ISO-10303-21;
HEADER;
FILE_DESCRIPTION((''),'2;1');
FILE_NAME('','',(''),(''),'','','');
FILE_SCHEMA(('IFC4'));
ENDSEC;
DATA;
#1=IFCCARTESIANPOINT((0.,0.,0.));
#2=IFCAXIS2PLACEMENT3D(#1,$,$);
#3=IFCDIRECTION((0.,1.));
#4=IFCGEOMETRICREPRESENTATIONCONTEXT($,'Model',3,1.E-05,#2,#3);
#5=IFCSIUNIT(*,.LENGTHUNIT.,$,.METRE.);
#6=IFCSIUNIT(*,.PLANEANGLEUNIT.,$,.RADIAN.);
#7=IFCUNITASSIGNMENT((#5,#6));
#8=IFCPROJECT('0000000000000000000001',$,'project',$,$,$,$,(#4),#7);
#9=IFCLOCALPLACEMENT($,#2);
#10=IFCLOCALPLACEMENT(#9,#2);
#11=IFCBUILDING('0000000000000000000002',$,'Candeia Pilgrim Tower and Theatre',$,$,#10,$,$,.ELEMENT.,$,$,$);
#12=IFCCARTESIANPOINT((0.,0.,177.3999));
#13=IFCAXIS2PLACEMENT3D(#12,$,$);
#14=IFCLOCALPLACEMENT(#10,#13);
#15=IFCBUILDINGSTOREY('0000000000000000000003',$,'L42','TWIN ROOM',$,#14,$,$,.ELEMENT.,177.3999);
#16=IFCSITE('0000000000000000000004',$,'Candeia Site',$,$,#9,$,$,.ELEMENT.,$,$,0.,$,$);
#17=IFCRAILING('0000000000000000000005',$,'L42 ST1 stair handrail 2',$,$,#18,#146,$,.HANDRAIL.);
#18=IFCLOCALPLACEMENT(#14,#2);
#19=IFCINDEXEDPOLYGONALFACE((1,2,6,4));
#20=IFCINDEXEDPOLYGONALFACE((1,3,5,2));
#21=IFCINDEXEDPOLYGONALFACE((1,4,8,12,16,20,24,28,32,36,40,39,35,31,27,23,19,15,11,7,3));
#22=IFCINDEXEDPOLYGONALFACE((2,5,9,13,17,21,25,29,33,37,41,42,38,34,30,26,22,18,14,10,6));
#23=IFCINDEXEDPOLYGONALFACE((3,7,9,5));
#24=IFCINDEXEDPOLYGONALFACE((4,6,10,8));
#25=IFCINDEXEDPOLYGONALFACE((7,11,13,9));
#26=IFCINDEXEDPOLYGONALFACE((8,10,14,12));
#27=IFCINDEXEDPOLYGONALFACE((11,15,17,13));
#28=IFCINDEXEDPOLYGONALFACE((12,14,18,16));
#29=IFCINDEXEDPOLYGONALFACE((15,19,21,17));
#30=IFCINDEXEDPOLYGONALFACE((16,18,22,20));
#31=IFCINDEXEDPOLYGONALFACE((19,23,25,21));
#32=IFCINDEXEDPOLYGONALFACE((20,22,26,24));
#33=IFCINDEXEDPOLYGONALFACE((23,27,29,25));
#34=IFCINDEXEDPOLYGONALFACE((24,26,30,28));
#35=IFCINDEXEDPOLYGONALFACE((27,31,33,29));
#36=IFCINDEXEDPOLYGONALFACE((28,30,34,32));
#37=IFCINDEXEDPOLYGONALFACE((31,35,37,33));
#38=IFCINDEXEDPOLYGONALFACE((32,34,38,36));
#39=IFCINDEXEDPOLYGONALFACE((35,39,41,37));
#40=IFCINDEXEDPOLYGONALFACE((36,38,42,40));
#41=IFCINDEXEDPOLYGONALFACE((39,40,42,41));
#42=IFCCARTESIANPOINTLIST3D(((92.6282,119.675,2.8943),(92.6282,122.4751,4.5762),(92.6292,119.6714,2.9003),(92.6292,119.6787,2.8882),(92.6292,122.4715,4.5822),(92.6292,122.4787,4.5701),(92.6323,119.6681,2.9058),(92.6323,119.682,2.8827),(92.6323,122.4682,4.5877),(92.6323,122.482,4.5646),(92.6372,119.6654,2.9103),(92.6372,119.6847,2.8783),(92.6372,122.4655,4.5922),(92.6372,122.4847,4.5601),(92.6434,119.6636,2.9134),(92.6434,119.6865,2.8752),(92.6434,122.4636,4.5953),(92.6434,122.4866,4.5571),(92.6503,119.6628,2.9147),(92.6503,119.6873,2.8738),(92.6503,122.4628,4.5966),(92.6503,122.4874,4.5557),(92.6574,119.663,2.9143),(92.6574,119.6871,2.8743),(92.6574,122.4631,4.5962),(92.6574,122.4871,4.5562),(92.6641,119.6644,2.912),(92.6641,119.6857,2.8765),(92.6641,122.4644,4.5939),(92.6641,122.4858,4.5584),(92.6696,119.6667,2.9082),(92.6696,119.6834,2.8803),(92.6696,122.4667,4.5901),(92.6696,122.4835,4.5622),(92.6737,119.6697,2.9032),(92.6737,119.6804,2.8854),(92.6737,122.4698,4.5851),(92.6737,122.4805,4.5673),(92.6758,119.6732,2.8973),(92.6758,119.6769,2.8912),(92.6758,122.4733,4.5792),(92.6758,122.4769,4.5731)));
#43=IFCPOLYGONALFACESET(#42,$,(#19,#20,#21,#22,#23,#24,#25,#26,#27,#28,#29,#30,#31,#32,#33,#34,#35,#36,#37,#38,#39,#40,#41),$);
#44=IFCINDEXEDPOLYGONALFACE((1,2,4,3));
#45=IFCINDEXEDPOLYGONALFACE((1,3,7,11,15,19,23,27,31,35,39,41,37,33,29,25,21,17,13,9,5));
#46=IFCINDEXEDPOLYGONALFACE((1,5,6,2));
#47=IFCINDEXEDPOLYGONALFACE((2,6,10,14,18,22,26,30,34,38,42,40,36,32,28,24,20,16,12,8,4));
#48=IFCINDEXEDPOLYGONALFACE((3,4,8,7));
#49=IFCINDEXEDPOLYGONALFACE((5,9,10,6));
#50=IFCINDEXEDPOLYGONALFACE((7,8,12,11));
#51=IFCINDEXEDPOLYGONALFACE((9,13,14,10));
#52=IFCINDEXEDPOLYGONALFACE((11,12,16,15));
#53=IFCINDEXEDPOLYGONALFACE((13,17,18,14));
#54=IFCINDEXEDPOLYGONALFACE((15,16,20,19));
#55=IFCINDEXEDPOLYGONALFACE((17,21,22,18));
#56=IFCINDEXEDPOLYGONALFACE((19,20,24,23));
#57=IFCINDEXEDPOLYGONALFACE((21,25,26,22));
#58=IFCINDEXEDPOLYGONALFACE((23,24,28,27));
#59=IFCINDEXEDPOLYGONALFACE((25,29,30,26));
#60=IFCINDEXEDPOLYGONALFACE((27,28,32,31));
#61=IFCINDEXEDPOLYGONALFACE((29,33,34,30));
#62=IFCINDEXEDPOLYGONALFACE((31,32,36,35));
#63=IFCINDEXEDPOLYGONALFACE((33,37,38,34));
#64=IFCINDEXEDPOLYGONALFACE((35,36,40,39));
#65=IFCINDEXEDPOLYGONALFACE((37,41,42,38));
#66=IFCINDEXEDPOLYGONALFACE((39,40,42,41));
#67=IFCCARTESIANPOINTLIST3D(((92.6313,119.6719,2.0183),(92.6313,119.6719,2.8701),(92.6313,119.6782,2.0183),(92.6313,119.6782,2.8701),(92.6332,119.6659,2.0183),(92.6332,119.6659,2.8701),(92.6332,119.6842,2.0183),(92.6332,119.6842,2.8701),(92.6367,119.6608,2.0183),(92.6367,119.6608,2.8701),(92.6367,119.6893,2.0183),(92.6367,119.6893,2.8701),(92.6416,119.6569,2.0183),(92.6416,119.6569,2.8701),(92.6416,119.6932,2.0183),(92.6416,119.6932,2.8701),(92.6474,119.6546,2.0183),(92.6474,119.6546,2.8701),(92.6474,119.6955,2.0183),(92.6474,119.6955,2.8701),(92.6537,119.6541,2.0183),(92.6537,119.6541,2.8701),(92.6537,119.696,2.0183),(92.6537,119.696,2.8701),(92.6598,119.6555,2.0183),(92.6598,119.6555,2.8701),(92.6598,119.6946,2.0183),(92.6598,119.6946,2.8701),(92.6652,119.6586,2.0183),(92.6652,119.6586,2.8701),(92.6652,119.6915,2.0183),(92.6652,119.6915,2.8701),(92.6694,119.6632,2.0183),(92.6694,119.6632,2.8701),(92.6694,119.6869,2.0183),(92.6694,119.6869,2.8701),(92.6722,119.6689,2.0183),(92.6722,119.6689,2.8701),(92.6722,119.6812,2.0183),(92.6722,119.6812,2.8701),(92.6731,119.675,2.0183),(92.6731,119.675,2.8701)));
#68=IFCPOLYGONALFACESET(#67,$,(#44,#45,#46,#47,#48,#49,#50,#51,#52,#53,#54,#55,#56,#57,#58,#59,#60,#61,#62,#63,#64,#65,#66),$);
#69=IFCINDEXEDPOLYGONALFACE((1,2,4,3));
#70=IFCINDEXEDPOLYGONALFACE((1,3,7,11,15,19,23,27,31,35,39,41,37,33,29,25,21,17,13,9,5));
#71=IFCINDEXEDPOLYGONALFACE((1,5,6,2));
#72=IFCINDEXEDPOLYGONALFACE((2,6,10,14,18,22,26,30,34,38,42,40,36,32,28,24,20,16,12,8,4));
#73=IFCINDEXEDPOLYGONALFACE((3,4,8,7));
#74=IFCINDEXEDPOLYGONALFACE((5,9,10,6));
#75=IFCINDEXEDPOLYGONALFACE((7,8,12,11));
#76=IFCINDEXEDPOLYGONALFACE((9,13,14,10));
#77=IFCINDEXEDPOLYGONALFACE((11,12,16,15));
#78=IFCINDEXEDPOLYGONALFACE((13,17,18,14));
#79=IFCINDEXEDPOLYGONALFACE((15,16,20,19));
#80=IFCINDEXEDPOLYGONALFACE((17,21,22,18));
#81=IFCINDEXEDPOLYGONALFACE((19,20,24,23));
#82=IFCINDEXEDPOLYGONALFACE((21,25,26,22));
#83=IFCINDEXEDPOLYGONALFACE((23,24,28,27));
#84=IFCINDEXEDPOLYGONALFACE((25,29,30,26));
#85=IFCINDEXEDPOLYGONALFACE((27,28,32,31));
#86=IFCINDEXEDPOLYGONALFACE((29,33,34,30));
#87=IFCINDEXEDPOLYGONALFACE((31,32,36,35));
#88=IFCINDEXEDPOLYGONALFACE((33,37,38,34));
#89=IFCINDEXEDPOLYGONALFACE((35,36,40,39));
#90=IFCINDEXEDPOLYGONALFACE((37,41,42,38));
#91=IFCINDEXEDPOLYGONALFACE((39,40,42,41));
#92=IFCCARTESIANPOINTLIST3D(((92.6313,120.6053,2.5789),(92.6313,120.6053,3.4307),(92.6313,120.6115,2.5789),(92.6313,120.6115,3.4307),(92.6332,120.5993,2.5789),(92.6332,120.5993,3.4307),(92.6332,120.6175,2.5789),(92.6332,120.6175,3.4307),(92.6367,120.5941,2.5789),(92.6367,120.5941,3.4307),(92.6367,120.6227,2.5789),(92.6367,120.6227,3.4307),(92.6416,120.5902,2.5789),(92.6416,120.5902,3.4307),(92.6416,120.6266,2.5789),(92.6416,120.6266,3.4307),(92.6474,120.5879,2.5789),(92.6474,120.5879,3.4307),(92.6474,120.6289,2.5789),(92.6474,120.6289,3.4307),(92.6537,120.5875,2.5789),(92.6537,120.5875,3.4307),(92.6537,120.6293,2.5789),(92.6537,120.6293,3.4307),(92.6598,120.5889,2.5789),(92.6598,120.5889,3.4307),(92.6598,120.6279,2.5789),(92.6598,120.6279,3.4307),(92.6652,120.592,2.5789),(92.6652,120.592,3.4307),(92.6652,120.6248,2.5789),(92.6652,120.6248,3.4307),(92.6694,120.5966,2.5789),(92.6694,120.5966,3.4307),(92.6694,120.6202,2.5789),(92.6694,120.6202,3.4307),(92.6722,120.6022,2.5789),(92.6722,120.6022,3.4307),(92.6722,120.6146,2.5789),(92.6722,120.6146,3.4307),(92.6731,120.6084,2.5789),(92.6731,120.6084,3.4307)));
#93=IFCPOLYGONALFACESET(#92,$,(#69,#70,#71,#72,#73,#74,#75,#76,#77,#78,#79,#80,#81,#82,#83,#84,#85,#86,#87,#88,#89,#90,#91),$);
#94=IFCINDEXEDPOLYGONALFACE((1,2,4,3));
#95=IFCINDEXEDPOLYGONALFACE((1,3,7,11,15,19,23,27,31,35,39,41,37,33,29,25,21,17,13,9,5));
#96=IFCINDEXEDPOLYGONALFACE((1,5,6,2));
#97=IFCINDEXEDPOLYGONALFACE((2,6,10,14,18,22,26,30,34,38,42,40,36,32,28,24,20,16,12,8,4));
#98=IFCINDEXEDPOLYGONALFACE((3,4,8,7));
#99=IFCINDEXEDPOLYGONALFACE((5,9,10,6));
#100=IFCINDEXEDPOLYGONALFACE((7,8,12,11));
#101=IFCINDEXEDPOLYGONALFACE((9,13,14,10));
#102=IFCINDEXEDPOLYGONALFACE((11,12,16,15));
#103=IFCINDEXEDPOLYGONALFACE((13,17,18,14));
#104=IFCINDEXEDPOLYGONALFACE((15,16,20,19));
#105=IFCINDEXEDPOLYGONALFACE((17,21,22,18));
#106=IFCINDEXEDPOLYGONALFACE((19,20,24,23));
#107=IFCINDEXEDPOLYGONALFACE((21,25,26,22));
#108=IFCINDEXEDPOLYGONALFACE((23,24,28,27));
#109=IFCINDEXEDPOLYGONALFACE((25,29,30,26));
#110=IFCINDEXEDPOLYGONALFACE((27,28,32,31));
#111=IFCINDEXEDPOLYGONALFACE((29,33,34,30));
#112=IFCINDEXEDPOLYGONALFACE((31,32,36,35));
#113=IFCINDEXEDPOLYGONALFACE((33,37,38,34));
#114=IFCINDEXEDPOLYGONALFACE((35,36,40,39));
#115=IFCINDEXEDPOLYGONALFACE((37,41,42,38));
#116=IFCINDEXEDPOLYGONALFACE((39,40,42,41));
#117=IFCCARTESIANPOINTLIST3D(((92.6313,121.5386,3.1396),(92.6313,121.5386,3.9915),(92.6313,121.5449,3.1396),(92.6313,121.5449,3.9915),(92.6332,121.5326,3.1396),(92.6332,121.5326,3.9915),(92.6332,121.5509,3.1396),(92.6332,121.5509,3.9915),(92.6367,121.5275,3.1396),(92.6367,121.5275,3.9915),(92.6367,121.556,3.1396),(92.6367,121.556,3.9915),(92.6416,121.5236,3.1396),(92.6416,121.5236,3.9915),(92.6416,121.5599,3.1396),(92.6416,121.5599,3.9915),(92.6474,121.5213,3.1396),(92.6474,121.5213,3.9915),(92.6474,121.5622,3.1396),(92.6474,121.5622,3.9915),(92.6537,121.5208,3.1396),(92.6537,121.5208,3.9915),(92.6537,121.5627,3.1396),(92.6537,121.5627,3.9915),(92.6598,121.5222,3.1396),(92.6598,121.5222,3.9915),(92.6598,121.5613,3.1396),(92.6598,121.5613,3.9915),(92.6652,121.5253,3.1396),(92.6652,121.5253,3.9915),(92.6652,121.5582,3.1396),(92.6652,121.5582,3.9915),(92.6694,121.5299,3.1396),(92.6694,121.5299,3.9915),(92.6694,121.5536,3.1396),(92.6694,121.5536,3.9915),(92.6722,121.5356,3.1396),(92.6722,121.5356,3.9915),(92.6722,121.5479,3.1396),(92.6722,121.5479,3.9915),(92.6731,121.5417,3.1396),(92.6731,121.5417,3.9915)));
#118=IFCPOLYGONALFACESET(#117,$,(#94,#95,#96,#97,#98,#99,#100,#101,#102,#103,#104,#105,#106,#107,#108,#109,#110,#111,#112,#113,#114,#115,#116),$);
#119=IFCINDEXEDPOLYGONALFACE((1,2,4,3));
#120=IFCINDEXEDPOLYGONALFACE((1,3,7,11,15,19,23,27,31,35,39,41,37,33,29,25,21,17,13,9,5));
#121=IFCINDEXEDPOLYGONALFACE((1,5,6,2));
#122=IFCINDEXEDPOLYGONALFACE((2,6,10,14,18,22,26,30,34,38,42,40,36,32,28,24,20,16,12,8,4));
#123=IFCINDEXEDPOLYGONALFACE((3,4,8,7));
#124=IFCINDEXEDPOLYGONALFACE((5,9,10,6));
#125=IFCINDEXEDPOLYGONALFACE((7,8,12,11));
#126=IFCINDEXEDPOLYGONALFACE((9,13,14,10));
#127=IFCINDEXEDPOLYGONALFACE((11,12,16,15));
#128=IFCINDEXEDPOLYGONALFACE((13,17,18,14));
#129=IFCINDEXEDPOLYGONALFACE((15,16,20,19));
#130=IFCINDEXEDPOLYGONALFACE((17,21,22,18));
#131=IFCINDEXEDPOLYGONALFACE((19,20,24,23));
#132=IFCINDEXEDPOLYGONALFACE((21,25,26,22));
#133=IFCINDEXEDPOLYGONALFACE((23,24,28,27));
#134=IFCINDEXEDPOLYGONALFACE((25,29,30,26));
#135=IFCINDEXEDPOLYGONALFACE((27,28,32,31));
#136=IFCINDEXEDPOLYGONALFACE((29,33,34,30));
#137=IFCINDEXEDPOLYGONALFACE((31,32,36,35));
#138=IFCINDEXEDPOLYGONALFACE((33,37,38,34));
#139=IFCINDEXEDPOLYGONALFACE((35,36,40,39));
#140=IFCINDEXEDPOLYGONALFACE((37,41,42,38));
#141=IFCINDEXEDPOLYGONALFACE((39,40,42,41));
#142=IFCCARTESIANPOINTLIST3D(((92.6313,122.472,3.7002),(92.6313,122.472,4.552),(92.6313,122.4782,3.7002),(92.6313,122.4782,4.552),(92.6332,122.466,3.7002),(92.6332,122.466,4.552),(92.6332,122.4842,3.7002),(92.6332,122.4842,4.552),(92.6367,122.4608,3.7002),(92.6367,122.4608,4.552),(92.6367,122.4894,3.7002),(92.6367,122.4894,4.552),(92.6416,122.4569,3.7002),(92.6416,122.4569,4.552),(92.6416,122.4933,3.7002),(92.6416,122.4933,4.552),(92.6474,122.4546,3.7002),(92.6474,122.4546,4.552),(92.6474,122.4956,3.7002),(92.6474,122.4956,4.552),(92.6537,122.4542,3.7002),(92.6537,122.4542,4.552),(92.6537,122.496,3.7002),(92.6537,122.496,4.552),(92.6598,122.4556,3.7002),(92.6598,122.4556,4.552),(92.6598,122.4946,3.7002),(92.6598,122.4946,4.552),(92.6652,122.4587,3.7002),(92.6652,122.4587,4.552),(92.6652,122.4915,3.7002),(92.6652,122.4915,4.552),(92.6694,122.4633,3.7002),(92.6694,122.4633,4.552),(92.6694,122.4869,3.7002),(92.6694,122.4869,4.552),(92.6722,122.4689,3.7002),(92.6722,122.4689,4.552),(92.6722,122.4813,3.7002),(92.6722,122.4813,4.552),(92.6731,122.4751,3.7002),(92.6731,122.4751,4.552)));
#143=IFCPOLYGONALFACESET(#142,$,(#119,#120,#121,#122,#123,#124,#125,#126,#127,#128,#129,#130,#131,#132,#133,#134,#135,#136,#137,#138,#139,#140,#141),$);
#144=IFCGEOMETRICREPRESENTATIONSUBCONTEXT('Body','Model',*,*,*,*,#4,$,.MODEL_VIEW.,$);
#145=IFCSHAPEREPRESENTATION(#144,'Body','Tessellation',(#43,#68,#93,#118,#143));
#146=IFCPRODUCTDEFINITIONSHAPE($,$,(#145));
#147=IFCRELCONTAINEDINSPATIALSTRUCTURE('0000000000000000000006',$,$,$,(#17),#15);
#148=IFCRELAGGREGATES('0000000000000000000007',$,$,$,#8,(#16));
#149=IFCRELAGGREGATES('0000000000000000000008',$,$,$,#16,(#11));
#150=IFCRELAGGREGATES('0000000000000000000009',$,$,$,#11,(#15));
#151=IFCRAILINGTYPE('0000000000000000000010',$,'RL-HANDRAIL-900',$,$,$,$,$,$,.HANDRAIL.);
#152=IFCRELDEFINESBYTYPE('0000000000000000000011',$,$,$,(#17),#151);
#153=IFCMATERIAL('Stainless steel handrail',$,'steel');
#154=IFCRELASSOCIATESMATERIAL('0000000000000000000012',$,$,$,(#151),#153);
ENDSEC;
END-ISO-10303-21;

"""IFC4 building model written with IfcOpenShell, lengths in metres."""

from ifc_helpers import new_model, si_unit, direction, frame, origin, origin_2d, place, context, subcontext, project, spatial, circle, extrude, material, type_object, element, save


model = new_model("IFC4")

# Units and contexts
model_context = context("Model", 3, precision=1e-05, world=origin(), true_north=direction((0.0, 1.0)))
body_context = subcontext(model_context, "Body", "Model", "MODEL_VIEW")
ifc_project = project(units=[si_unit("LENGTHUNIT", "METRE"), si_unit("PLANEANGLEUNIT", "RADIAN")], contexts=[model_context])

# Site, building, storey
site_placement = place(None, origin())
site = spatial("IfcSite", under=ifc_project, at=site_placement, Name="Candeia Site", CompositionType="ELEMENT", RefElevation=0.0)
building_placement = place(site_placement, origin())
building = spatial("IfcBuilding", under=site, at=building_placement, Name="Candeia Pilgrim Tower and Theatre", CompositionType="ELEMENT")
storey_placement = place(building_placement, frame((0.0, 0.0, 177.3999)))
storey = spatial("IfcBuildingStorey", under=building, at=storey_placement, Name="L42", Description="TWIN ROOM", CompositionType="ELEMENT", Elevation=177.3999)

# Railing
ifc_material_1 = material(Name="Stainless steel handrail", Category="steel")
railing_type_1 = type_object("IfcRailingType", Name="RL-HANDRAIL-900", PredefinedType="HANDRAIL", material=ifc_material_1)
railing_1_placement = place(storey_placement, frame((92.6521, 119.675, 2.0183)))
element("IfcRailing", 1, at=railing_1_placement, inside=storey, type_object=railing_type_1, Name="L42 ST1 stair handrail 2", PredefinedType="HANDRAIL", context=body_context, shape_type="SweptSolid", body=[
    extrude(circle(Radius=0.0239, at=origin_2d()), frame((0.0, 0.0, 0.876), z_axis=(0.0, 0.857242, 0.514913), x_axis=(-1.0, 0.0, 0.0)), (0.0, 0.0, 1.0), 3.2664),
    extrude(circle(Radius=0.021, at=origin_2d()), origin(), (0.0, 0.0, 1.0), 0.8518),
    extrude(circle(Radius=0.021, at=origin_2d()), frame((0.0, 0.9333, 0.5605)), (0.0, 0.0, 1.0), 0.8518),
    extrude(circle(Radius=0.021, at=origin_2d()), frame((0.0, 1.8667, 1.1213)), (0.0, 0.0, 1.0), 0.8518),
    extrude(circle(Radius=0.021, at=origin_2d()), frame((0.0, 2.8, 1.6819)), (0.0, 0.0, 1.0), 0.8518),
])

save(model, "model.ifc")
